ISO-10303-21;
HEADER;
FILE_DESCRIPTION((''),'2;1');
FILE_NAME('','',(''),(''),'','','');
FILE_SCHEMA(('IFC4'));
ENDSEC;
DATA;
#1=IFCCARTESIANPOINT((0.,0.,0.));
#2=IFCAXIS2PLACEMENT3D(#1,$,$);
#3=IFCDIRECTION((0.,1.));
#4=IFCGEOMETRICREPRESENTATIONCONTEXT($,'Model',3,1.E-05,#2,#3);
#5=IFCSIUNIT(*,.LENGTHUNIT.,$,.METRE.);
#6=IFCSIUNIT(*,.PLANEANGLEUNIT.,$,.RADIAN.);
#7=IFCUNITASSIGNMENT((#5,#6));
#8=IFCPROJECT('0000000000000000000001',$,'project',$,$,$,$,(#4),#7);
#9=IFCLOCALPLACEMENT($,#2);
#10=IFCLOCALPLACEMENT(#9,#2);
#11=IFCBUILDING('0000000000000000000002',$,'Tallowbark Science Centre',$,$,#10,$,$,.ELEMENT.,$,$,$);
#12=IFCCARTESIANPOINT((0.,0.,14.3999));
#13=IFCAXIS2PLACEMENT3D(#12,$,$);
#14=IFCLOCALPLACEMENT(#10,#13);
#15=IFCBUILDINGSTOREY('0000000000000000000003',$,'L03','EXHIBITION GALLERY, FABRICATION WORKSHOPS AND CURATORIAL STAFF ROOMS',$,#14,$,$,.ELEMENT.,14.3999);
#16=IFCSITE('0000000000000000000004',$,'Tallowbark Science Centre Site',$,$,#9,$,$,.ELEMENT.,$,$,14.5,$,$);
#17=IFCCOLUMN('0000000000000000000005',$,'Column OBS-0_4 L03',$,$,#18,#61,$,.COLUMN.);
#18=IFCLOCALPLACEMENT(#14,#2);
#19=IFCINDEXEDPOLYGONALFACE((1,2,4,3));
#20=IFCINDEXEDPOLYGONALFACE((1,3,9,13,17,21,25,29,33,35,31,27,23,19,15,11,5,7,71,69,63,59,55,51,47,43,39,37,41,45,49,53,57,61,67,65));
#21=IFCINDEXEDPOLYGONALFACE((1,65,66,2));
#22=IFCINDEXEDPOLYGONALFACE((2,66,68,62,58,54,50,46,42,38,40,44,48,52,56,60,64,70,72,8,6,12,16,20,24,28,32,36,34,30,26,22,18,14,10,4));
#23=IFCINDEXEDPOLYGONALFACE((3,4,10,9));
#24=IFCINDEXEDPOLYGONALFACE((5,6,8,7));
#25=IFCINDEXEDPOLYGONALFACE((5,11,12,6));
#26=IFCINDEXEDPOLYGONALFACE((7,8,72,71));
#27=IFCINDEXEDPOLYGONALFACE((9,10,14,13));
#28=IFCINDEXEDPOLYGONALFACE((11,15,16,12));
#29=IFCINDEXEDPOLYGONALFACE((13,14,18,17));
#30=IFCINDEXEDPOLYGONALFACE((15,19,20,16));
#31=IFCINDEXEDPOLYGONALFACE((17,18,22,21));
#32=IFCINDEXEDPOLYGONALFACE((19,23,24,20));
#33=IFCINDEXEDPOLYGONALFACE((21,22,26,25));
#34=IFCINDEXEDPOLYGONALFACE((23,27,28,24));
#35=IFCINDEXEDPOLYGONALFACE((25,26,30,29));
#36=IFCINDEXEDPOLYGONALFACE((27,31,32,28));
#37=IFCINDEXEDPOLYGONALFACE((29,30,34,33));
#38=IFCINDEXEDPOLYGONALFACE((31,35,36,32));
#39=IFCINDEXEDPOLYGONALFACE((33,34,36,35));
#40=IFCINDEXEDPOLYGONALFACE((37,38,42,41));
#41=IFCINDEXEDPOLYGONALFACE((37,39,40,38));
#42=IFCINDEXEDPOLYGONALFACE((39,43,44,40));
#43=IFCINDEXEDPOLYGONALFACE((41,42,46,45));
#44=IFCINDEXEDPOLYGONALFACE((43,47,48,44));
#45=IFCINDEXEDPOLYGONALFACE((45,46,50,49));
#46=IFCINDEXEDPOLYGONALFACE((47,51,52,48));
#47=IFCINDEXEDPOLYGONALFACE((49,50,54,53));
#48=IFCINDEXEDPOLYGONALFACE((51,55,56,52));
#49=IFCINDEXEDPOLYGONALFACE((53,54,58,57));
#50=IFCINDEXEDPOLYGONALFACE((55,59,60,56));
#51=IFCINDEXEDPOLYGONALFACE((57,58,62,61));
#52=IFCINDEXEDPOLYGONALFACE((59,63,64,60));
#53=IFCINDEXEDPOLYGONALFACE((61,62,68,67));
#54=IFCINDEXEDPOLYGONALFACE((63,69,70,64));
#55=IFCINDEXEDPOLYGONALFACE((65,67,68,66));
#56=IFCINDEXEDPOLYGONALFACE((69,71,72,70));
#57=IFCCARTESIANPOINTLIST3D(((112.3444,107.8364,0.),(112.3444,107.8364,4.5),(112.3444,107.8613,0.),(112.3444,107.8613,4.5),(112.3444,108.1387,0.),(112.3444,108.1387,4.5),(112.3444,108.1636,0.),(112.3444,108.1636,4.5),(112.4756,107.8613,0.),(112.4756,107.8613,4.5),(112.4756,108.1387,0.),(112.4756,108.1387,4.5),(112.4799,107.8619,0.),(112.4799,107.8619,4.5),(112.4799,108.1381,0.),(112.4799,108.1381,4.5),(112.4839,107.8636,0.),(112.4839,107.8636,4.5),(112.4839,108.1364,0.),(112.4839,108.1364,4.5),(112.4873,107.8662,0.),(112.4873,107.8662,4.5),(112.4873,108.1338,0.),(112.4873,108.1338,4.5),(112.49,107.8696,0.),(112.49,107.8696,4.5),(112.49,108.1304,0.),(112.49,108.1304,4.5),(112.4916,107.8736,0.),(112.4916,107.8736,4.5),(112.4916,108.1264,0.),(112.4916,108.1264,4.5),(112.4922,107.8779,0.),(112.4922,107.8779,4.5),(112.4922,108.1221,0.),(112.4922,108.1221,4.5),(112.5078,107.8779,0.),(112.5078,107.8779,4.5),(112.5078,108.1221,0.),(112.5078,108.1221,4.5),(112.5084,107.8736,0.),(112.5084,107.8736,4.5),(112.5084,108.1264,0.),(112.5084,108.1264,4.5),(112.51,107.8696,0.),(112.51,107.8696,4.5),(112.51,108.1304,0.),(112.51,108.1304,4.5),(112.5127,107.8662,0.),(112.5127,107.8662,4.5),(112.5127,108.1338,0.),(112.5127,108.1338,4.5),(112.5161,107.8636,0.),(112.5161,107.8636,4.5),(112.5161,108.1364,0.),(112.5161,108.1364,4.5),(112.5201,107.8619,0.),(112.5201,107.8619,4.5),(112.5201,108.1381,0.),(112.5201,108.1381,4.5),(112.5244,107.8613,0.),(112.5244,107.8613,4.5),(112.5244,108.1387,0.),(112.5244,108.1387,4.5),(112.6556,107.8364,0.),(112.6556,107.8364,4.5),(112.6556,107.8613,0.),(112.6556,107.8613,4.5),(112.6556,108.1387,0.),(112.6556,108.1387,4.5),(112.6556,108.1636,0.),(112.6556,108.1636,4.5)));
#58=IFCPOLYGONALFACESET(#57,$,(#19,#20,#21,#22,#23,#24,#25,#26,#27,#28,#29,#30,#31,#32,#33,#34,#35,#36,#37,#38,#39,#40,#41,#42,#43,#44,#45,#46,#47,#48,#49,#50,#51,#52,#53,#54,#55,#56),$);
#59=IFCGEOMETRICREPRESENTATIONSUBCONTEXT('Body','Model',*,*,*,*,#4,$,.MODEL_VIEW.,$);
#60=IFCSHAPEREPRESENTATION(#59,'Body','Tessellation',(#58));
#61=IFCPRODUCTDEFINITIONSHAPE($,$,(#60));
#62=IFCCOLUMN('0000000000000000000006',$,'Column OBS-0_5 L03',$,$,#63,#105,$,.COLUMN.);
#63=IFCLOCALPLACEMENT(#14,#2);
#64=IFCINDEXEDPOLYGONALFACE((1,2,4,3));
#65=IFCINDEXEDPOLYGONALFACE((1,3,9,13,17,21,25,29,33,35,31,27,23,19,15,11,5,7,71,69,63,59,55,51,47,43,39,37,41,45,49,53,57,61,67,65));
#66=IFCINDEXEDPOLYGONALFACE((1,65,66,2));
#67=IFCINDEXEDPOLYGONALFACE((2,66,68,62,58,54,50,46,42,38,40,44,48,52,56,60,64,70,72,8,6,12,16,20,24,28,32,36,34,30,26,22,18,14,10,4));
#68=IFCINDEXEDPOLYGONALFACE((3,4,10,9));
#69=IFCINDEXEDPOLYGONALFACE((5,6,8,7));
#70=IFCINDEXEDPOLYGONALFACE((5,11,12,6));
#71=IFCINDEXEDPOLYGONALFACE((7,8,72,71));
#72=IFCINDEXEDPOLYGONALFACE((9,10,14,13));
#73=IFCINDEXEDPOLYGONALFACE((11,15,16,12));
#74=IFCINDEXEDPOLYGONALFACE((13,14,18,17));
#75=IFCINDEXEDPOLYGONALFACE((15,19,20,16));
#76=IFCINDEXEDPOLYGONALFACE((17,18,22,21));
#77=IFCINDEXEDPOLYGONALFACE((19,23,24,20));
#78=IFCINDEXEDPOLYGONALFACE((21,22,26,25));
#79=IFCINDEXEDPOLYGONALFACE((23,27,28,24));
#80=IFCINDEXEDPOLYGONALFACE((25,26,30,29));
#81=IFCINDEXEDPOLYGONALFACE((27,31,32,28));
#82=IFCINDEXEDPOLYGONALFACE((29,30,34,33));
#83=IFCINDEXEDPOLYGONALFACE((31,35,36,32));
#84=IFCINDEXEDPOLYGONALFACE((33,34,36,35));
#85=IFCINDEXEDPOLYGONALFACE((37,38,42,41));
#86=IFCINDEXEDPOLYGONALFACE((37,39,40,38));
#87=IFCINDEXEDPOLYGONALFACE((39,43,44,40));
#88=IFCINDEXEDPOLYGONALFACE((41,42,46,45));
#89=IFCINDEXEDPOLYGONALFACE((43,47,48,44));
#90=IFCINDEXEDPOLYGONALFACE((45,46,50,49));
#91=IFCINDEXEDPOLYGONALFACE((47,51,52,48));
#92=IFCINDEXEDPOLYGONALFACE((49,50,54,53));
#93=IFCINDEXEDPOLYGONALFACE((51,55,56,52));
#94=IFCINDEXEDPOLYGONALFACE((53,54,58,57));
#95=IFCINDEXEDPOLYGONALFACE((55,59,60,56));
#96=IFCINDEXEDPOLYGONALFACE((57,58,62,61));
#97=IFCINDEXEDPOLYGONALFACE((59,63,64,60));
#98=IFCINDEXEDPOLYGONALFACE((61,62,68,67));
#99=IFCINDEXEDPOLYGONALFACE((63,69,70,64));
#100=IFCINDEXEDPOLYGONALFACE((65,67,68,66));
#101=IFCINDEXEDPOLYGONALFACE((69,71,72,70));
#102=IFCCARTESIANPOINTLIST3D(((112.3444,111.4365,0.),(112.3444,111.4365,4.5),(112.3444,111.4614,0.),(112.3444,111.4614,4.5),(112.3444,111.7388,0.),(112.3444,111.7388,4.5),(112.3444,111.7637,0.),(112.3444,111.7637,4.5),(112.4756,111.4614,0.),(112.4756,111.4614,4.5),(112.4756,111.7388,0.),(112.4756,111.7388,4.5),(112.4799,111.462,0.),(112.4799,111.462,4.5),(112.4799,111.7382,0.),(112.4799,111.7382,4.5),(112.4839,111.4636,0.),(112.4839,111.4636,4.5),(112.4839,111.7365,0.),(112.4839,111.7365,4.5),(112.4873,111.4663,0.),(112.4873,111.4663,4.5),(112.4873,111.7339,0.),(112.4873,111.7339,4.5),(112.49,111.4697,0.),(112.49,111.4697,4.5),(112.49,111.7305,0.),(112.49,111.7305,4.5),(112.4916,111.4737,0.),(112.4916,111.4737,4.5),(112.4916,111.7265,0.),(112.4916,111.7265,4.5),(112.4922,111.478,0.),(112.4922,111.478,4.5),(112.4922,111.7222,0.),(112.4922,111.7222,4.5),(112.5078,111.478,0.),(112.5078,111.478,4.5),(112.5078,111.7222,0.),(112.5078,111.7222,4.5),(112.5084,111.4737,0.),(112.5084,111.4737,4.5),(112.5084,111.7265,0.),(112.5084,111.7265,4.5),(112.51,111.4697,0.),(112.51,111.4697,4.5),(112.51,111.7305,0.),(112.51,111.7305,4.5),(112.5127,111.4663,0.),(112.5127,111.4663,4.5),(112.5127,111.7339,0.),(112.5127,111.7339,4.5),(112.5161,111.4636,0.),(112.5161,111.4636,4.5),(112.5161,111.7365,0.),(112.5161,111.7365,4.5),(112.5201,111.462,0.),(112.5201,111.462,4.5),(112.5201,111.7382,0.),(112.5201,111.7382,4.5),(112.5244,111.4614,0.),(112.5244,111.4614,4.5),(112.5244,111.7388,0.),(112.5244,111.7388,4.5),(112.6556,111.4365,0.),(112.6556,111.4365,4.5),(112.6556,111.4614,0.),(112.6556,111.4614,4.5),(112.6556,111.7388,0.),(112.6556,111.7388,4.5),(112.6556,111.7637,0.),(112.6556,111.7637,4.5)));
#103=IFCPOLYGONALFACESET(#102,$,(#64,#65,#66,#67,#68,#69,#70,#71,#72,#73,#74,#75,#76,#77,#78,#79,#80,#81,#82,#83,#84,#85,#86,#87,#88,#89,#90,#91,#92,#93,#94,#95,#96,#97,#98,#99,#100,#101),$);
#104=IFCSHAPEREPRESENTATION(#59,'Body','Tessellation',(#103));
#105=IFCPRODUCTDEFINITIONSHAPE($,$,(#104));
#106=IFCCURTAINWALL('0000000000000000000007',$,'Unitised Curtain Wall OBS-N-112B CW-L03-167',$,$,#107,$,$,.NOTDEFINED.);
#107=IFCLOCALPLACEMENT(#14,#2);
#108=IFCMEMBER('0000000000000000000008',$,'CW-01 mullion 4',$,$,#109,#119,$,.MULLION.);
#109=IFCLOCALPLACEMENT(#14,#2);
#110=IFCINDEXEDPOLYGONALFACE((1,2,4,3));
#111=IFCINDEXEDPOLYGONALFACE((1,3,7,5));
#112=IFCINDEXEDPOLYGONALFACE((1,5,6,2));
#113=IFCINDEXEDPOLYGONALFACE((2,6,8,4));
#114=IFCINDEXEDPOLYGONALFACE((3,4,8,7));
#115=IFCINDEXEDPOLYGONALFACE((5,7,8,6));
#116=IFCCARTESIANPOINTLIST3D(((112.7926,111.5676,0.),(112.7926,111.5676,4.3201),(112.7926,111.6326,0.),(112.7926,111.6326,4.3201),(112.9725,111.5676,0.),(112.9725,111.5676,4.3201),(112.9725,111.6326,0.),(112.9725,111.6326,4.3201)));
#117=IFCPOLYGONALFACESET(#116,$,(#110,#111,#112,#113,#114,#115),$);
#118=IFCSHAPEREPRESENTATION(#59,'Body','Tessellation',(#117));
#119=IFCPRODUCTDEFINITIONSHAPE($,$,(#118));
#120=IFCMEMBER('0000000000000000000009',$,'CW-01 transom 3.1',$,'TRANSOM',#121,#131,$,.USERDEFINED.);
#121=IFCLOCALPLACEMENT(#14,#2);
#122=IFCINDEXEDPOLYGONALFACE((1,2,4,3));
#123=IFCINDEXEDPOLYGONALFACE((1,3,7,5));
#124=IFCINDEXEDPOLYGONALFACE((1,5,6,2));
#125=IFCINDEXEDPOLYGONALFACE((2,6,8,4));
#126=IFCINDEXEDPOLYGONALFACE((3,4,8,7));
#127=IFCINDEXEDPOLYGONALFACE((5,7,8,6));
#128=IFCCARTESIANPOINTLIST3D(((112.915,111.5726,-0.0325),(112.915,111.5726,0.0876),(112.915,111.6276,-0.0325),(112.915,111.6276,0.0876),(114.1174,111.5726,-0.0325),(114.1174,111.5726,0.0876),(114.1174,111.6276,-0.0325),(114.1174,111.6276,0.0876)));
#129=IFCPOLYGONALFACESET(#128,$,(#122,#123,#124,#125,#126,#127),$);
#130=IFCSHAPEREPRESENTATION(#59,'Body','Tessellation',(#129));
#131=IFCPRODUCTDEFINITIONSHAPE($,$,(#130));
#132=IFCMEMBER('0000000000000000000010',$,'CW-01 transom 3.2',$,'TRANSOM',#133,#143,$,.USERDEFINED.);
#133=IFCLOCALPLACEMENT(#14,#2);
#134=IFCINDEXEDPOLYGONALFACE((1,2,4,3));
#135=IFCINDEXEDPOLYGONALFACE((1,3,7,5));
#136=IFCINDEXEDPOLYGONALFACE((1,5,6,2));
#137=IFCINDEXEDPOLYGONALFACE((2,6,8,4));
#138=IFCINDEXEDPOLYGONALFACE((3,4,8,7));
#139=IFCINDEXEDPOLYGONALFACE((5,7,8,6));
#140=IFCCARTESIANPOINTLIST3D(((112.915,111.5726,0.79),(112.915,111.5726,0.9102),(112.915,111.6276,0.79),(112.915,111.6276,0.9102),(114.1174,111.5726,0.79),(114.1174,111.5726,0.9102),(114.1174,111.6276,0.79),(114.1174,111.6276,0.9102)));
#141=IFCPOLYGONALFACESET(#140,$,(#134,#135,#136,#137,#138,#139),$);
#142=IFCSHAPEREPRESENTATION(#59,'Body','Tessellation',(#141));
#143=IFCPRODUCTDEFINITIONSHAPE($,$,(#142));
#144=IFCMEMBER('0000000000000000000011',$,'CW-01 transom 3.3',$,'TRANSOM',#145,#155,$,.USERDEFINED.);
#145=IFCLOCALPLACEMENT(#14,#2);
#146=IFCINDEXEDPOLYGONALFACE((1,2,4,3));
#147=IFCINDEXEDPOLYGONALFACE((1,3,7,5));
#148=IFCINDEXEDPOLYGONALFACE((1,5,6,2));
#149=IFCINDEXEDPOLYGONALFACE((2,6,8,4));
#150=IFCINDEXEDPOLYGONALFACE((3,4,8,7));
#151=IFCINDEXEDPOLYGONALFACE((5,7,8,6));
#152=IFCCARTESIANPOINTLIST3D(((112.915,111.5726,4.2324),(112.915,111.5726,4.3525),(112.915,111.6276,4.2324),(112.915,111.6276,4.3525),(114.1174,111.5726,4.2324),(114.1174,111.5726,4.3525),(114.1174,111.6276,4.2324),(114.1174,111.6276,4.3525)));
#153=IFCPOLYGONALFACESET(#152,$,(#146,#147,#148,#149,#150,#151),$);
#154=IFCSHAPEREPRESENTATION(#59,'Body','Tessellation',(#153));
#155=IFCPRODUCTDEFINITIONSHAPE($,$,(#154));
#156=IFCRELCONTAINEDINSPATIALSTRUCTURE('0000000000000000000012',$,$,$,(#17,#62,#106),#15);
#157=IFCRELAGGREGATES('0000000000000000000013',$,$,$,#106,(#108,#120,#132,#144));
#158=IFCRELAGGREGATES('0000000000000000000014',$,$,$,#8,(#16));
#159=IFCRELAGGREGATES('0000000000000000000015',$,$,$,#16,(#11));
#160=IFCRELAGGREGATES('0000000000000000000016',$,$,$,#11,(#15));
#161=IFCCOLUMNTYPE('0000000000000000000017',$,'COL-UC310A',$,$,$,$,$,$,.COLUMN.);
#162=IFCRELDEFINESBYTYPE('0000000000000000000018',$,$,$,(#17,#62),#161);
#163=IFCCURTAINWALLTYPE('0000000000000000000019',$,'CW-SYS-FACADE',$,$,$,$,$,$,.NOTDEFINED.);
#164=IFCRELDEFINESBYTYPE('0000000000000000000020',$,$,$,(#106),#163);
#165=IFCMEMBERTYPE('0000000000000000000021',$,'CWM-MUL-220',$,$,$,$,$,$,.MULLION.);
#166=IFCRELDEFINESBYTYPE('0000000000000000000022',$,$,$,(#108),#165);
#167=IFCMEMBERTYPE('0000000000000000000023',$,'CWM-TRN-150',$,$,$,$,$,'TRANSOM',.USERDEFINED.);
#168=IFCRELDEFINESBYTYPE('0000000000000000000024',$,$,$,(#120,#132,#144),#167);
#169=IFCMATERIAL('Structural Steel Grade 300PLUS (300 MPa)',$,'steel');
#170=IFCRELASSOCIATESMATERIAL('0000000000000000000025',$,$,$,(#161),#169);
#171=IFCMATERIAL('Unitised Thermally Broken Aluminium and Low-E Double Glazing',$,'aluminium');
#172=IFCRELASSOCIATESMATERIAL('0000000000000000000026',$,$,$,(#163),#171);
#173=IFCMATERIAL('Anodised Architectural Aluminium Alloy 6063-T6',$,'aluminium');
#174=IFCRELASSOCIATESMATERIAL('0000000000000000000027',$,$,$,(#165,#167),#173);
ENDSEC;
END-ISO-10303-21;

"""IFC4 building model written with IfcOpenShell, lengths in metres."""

from ifc_helpers import new_model, si_unit, direction, frame, origin, origin_2d, place, context, subcontext, project, spatial, rectangle, i_section, extrude, material, material_profile, profile_set, type_object, element, aggregate, save


model = new_model("IFC4")

# Units and contexts
model_context = context("Model", 3, precision=1e-05, world=origin(), true_north=direction((0.0, 1.0)))
body_context = subcontext(model_context, "Body", "Model", "MODEL_VIEW")
ifc_project = project(units=[si_unit("LENGTHUNIT", "METRE"), si_unit("PLANEANGLEUNIT", "RADIAN")], contexts=[model_context])

# Site, building, storey
site_placement = place(None, origin())
site = spatial("IfcSite", under=ifc_project, at=site_placement, Name="Tallowbark Science Centre Site", CompositionType="ELEMENT", RefElevation=14.5)
building_placement = place(site_placement, origin())
building = spatial("IfcBuilding", under=site, at=building_placement, Name="Tallowbark Science Centre", CompositionType="ELEMENT")
storey_placement = place(building_placement, frame((0.0, 0.0, 14.3999)))
storey = spatial("IfcBuildingStorey", under=building, at=storey_placement, Name="L03", Description="EXHIBITION GALLERY, FABRICATION WORKSHOPS AND CURATORIAL STAFF ROOMS", CompositionType="ELEMENT", Elevation=14.3999)

# Columns
ifc_material_1 = material(Name="Structural Steel Grade 300PLUS (300 MPa)", Category="steel")
ifc_material_profile_1 = material_profile(ifc_material_1, i_section(OverallWidth=0.3113, OverallDepth=0.3271, WebThickness=0.0156, FlangeThickness=0.0249, FilletRadius=0.0166, at=origin_2d()), Name="310UC158")
ifc_profile_set_1 = profile_set([ifc_material_profile_1], Name="Structural Steel Grade 300PLUS (300 MPa)")
column_type = type_object("IfcColumnType", Name="COL-UC310A", PredefinedType="COLUMN", material=ifc_profile_set_1)
for number, where, z_axis, x_axis, name in (
    (1, (112.5, 108.0, 0.0), (0.0, 0.0, 1.0), (1.0, 0.0, 0.0), "Column OBS-0_4 L03"),
    (2, (112.5, 111.6001, 0.0), (0.0, 0.0, 1.0), (1.0, 0.0, 0.0), "Column OBS-0_5 L03"),
):
    element("IfcColumn", number, at=place(storey_placement, frame(where, z_axis=z_axis, x_axis=x_axis)), inside=storey, type_object=column_type, Name=name, PredefinedType="COLUMN", context=body_context, shape_type="SweptSolid", body=[
        extrude(i_section(OverallWidth=0.3113, OverallDepth=0.3271, WebThickness=0.0156, FlangeThickness=0.0249, FilletRadius=0.0166, at=origin_2d()), origin(), (0.0, 0.0, 1.0), 4.5),
    ])

# Curtain wall, members
ifc_material_2 = material(Name="Unitised Thermally Broken Aluminium and Low-E Double Glazing", Category="aluminium")
curtain_wall_type = type_object("IfcCurtainWallType", Name="CW-SYS-FACADE", PredefinedType="NOTDEFINED", material=ifc_material_2)
curtain_wall_placement = place(storey_placement, origin())
curtain_wall = element("IfcCurtainWall", 3, at=curtain_wall_placement, inside=storey, type_object=curtain_wall_type, Name="Unitised Curtain Wall OBS-N-112B CW-L03-167", PredefinedType="NOTDEFINED")
ifc_material_3 = material(Name="Anodised Architectural Aluminium Alloy 6063-T6", Category="aluminium")
ifc_material_profile_2 = material_profile(ifc_material_3, rectangle(XDim=0.0649, YDim=0.1799, at=origin_2d()), Name="ALU65x180")
ifc_profile_set_2 = profile_set([ifc_material_profile_2], Name="Anodised Architectural Aluminium Alloy 6063-T6")
member_type_1 = type_object("IfcMemberType", Name="CWM-MUL-220", PredefinedType="MULLION", material=ifc_profile_set_2)
member_1_placement = place(storey_placement, frame((112.8826, 111.6001, 0.0), z_axis=(0.0, 0.0, 1.0), x_axis=(0.0, -1.0, 0.0)))
member_1 = element("IfcMember", 4, at=member_1_placement, type_object=member_type_1, Name="CW-01 mullion 4", PredefinedType="MULLION", context=body_context, shape_type="SweptSolid", body=[
    extrude(rectangle(XDim=0.0649, YDim=0.1799, at=origin_2d()), origin(), (0.0, 0.0, 1.0), 4.3201),
])
ifc_material_profile_3 = material_profile(ifc_material_3, rectangle(XDim=0.0549, YDim=0.1201, at=origin_2d()), Name="ALU55x120")
ifc_profile_set_3 = profile_set([ifc_material_profile_3], Name="Anodised Architectural Aluminium Alloy 6063-T6")
member_type_2 = type_object("IfcMemberType", Name="CWM-TRN-150", ElementType="TRANSOM", PredefinedType="USERDEFINED", material=ifc_profile_set_3)
member_2_placement = place(storey_placement, frame((114.1174, 111.6001, 0.0276), z_axis=(-1.0, 0.0, 0.0), x_axis=(0.0, -1.0, 0.0)))
member_2 = element("IfcMember", 5, at=member_2_placement, type_object=member_type_2, Name="CW-01 transom 3.1", ObjectType="TRANSOM", PredefinedType="USERDEFINED", context=body_context, shape_type="SweptSolid", body=[
    extrude(rectangle(XDim=0.0549, YDim=0.1201, at=origin_2d()), origin(), (0.0, 0.0, 1.0), 1.2024),
])
member_3_placement = place(storey_placement, frame((114.1174, 111.6001, 0.8501), z_axis=(-1.0, 0.0, 0.0), x_axis=(0.0, -1.0, 0.0)))
member_3 = element("IfcMember", 6, at=member_3_placement, type_object=member_type_2, Name="CW-01 transom 3.2", ObjectType="TRANSOM", PredefinedType="USERDEFINED", context=body_context, shape_type="SweptSolid", body=[
    extrude(rectangle(XDim=0.0549, YDim=0.1201, at=origin_2d()), origin(), (0.0, 0.0, 1.0), 1.2024),
])
member_4_placement = place(storey_placement, frame((114.1174, 111.6001, 4.2925), z_axis=(-1.0, 0.0, 0.0), x_axis=(0.0, -1.0, 0.0)))
member_4 = element("IfcMember", 7, at=member_4_placement, type_object=member_type_2, Name="CW-01 transom 3.3", ObjectType="TRANSOM", PredefinedType="USERDEFINED", context=body_context, shape_type="SweptSolid", body=[
    extrude(rectangle(XDim=0.0549, YDim=0.1201, at=origin_2d()), origin(), (0.0, 0.0, 1.0), 1.2024),
])

aggregate(curtain_wall, [member_1, member_2, member_3, member_4])

save(model, "model.ifc")
